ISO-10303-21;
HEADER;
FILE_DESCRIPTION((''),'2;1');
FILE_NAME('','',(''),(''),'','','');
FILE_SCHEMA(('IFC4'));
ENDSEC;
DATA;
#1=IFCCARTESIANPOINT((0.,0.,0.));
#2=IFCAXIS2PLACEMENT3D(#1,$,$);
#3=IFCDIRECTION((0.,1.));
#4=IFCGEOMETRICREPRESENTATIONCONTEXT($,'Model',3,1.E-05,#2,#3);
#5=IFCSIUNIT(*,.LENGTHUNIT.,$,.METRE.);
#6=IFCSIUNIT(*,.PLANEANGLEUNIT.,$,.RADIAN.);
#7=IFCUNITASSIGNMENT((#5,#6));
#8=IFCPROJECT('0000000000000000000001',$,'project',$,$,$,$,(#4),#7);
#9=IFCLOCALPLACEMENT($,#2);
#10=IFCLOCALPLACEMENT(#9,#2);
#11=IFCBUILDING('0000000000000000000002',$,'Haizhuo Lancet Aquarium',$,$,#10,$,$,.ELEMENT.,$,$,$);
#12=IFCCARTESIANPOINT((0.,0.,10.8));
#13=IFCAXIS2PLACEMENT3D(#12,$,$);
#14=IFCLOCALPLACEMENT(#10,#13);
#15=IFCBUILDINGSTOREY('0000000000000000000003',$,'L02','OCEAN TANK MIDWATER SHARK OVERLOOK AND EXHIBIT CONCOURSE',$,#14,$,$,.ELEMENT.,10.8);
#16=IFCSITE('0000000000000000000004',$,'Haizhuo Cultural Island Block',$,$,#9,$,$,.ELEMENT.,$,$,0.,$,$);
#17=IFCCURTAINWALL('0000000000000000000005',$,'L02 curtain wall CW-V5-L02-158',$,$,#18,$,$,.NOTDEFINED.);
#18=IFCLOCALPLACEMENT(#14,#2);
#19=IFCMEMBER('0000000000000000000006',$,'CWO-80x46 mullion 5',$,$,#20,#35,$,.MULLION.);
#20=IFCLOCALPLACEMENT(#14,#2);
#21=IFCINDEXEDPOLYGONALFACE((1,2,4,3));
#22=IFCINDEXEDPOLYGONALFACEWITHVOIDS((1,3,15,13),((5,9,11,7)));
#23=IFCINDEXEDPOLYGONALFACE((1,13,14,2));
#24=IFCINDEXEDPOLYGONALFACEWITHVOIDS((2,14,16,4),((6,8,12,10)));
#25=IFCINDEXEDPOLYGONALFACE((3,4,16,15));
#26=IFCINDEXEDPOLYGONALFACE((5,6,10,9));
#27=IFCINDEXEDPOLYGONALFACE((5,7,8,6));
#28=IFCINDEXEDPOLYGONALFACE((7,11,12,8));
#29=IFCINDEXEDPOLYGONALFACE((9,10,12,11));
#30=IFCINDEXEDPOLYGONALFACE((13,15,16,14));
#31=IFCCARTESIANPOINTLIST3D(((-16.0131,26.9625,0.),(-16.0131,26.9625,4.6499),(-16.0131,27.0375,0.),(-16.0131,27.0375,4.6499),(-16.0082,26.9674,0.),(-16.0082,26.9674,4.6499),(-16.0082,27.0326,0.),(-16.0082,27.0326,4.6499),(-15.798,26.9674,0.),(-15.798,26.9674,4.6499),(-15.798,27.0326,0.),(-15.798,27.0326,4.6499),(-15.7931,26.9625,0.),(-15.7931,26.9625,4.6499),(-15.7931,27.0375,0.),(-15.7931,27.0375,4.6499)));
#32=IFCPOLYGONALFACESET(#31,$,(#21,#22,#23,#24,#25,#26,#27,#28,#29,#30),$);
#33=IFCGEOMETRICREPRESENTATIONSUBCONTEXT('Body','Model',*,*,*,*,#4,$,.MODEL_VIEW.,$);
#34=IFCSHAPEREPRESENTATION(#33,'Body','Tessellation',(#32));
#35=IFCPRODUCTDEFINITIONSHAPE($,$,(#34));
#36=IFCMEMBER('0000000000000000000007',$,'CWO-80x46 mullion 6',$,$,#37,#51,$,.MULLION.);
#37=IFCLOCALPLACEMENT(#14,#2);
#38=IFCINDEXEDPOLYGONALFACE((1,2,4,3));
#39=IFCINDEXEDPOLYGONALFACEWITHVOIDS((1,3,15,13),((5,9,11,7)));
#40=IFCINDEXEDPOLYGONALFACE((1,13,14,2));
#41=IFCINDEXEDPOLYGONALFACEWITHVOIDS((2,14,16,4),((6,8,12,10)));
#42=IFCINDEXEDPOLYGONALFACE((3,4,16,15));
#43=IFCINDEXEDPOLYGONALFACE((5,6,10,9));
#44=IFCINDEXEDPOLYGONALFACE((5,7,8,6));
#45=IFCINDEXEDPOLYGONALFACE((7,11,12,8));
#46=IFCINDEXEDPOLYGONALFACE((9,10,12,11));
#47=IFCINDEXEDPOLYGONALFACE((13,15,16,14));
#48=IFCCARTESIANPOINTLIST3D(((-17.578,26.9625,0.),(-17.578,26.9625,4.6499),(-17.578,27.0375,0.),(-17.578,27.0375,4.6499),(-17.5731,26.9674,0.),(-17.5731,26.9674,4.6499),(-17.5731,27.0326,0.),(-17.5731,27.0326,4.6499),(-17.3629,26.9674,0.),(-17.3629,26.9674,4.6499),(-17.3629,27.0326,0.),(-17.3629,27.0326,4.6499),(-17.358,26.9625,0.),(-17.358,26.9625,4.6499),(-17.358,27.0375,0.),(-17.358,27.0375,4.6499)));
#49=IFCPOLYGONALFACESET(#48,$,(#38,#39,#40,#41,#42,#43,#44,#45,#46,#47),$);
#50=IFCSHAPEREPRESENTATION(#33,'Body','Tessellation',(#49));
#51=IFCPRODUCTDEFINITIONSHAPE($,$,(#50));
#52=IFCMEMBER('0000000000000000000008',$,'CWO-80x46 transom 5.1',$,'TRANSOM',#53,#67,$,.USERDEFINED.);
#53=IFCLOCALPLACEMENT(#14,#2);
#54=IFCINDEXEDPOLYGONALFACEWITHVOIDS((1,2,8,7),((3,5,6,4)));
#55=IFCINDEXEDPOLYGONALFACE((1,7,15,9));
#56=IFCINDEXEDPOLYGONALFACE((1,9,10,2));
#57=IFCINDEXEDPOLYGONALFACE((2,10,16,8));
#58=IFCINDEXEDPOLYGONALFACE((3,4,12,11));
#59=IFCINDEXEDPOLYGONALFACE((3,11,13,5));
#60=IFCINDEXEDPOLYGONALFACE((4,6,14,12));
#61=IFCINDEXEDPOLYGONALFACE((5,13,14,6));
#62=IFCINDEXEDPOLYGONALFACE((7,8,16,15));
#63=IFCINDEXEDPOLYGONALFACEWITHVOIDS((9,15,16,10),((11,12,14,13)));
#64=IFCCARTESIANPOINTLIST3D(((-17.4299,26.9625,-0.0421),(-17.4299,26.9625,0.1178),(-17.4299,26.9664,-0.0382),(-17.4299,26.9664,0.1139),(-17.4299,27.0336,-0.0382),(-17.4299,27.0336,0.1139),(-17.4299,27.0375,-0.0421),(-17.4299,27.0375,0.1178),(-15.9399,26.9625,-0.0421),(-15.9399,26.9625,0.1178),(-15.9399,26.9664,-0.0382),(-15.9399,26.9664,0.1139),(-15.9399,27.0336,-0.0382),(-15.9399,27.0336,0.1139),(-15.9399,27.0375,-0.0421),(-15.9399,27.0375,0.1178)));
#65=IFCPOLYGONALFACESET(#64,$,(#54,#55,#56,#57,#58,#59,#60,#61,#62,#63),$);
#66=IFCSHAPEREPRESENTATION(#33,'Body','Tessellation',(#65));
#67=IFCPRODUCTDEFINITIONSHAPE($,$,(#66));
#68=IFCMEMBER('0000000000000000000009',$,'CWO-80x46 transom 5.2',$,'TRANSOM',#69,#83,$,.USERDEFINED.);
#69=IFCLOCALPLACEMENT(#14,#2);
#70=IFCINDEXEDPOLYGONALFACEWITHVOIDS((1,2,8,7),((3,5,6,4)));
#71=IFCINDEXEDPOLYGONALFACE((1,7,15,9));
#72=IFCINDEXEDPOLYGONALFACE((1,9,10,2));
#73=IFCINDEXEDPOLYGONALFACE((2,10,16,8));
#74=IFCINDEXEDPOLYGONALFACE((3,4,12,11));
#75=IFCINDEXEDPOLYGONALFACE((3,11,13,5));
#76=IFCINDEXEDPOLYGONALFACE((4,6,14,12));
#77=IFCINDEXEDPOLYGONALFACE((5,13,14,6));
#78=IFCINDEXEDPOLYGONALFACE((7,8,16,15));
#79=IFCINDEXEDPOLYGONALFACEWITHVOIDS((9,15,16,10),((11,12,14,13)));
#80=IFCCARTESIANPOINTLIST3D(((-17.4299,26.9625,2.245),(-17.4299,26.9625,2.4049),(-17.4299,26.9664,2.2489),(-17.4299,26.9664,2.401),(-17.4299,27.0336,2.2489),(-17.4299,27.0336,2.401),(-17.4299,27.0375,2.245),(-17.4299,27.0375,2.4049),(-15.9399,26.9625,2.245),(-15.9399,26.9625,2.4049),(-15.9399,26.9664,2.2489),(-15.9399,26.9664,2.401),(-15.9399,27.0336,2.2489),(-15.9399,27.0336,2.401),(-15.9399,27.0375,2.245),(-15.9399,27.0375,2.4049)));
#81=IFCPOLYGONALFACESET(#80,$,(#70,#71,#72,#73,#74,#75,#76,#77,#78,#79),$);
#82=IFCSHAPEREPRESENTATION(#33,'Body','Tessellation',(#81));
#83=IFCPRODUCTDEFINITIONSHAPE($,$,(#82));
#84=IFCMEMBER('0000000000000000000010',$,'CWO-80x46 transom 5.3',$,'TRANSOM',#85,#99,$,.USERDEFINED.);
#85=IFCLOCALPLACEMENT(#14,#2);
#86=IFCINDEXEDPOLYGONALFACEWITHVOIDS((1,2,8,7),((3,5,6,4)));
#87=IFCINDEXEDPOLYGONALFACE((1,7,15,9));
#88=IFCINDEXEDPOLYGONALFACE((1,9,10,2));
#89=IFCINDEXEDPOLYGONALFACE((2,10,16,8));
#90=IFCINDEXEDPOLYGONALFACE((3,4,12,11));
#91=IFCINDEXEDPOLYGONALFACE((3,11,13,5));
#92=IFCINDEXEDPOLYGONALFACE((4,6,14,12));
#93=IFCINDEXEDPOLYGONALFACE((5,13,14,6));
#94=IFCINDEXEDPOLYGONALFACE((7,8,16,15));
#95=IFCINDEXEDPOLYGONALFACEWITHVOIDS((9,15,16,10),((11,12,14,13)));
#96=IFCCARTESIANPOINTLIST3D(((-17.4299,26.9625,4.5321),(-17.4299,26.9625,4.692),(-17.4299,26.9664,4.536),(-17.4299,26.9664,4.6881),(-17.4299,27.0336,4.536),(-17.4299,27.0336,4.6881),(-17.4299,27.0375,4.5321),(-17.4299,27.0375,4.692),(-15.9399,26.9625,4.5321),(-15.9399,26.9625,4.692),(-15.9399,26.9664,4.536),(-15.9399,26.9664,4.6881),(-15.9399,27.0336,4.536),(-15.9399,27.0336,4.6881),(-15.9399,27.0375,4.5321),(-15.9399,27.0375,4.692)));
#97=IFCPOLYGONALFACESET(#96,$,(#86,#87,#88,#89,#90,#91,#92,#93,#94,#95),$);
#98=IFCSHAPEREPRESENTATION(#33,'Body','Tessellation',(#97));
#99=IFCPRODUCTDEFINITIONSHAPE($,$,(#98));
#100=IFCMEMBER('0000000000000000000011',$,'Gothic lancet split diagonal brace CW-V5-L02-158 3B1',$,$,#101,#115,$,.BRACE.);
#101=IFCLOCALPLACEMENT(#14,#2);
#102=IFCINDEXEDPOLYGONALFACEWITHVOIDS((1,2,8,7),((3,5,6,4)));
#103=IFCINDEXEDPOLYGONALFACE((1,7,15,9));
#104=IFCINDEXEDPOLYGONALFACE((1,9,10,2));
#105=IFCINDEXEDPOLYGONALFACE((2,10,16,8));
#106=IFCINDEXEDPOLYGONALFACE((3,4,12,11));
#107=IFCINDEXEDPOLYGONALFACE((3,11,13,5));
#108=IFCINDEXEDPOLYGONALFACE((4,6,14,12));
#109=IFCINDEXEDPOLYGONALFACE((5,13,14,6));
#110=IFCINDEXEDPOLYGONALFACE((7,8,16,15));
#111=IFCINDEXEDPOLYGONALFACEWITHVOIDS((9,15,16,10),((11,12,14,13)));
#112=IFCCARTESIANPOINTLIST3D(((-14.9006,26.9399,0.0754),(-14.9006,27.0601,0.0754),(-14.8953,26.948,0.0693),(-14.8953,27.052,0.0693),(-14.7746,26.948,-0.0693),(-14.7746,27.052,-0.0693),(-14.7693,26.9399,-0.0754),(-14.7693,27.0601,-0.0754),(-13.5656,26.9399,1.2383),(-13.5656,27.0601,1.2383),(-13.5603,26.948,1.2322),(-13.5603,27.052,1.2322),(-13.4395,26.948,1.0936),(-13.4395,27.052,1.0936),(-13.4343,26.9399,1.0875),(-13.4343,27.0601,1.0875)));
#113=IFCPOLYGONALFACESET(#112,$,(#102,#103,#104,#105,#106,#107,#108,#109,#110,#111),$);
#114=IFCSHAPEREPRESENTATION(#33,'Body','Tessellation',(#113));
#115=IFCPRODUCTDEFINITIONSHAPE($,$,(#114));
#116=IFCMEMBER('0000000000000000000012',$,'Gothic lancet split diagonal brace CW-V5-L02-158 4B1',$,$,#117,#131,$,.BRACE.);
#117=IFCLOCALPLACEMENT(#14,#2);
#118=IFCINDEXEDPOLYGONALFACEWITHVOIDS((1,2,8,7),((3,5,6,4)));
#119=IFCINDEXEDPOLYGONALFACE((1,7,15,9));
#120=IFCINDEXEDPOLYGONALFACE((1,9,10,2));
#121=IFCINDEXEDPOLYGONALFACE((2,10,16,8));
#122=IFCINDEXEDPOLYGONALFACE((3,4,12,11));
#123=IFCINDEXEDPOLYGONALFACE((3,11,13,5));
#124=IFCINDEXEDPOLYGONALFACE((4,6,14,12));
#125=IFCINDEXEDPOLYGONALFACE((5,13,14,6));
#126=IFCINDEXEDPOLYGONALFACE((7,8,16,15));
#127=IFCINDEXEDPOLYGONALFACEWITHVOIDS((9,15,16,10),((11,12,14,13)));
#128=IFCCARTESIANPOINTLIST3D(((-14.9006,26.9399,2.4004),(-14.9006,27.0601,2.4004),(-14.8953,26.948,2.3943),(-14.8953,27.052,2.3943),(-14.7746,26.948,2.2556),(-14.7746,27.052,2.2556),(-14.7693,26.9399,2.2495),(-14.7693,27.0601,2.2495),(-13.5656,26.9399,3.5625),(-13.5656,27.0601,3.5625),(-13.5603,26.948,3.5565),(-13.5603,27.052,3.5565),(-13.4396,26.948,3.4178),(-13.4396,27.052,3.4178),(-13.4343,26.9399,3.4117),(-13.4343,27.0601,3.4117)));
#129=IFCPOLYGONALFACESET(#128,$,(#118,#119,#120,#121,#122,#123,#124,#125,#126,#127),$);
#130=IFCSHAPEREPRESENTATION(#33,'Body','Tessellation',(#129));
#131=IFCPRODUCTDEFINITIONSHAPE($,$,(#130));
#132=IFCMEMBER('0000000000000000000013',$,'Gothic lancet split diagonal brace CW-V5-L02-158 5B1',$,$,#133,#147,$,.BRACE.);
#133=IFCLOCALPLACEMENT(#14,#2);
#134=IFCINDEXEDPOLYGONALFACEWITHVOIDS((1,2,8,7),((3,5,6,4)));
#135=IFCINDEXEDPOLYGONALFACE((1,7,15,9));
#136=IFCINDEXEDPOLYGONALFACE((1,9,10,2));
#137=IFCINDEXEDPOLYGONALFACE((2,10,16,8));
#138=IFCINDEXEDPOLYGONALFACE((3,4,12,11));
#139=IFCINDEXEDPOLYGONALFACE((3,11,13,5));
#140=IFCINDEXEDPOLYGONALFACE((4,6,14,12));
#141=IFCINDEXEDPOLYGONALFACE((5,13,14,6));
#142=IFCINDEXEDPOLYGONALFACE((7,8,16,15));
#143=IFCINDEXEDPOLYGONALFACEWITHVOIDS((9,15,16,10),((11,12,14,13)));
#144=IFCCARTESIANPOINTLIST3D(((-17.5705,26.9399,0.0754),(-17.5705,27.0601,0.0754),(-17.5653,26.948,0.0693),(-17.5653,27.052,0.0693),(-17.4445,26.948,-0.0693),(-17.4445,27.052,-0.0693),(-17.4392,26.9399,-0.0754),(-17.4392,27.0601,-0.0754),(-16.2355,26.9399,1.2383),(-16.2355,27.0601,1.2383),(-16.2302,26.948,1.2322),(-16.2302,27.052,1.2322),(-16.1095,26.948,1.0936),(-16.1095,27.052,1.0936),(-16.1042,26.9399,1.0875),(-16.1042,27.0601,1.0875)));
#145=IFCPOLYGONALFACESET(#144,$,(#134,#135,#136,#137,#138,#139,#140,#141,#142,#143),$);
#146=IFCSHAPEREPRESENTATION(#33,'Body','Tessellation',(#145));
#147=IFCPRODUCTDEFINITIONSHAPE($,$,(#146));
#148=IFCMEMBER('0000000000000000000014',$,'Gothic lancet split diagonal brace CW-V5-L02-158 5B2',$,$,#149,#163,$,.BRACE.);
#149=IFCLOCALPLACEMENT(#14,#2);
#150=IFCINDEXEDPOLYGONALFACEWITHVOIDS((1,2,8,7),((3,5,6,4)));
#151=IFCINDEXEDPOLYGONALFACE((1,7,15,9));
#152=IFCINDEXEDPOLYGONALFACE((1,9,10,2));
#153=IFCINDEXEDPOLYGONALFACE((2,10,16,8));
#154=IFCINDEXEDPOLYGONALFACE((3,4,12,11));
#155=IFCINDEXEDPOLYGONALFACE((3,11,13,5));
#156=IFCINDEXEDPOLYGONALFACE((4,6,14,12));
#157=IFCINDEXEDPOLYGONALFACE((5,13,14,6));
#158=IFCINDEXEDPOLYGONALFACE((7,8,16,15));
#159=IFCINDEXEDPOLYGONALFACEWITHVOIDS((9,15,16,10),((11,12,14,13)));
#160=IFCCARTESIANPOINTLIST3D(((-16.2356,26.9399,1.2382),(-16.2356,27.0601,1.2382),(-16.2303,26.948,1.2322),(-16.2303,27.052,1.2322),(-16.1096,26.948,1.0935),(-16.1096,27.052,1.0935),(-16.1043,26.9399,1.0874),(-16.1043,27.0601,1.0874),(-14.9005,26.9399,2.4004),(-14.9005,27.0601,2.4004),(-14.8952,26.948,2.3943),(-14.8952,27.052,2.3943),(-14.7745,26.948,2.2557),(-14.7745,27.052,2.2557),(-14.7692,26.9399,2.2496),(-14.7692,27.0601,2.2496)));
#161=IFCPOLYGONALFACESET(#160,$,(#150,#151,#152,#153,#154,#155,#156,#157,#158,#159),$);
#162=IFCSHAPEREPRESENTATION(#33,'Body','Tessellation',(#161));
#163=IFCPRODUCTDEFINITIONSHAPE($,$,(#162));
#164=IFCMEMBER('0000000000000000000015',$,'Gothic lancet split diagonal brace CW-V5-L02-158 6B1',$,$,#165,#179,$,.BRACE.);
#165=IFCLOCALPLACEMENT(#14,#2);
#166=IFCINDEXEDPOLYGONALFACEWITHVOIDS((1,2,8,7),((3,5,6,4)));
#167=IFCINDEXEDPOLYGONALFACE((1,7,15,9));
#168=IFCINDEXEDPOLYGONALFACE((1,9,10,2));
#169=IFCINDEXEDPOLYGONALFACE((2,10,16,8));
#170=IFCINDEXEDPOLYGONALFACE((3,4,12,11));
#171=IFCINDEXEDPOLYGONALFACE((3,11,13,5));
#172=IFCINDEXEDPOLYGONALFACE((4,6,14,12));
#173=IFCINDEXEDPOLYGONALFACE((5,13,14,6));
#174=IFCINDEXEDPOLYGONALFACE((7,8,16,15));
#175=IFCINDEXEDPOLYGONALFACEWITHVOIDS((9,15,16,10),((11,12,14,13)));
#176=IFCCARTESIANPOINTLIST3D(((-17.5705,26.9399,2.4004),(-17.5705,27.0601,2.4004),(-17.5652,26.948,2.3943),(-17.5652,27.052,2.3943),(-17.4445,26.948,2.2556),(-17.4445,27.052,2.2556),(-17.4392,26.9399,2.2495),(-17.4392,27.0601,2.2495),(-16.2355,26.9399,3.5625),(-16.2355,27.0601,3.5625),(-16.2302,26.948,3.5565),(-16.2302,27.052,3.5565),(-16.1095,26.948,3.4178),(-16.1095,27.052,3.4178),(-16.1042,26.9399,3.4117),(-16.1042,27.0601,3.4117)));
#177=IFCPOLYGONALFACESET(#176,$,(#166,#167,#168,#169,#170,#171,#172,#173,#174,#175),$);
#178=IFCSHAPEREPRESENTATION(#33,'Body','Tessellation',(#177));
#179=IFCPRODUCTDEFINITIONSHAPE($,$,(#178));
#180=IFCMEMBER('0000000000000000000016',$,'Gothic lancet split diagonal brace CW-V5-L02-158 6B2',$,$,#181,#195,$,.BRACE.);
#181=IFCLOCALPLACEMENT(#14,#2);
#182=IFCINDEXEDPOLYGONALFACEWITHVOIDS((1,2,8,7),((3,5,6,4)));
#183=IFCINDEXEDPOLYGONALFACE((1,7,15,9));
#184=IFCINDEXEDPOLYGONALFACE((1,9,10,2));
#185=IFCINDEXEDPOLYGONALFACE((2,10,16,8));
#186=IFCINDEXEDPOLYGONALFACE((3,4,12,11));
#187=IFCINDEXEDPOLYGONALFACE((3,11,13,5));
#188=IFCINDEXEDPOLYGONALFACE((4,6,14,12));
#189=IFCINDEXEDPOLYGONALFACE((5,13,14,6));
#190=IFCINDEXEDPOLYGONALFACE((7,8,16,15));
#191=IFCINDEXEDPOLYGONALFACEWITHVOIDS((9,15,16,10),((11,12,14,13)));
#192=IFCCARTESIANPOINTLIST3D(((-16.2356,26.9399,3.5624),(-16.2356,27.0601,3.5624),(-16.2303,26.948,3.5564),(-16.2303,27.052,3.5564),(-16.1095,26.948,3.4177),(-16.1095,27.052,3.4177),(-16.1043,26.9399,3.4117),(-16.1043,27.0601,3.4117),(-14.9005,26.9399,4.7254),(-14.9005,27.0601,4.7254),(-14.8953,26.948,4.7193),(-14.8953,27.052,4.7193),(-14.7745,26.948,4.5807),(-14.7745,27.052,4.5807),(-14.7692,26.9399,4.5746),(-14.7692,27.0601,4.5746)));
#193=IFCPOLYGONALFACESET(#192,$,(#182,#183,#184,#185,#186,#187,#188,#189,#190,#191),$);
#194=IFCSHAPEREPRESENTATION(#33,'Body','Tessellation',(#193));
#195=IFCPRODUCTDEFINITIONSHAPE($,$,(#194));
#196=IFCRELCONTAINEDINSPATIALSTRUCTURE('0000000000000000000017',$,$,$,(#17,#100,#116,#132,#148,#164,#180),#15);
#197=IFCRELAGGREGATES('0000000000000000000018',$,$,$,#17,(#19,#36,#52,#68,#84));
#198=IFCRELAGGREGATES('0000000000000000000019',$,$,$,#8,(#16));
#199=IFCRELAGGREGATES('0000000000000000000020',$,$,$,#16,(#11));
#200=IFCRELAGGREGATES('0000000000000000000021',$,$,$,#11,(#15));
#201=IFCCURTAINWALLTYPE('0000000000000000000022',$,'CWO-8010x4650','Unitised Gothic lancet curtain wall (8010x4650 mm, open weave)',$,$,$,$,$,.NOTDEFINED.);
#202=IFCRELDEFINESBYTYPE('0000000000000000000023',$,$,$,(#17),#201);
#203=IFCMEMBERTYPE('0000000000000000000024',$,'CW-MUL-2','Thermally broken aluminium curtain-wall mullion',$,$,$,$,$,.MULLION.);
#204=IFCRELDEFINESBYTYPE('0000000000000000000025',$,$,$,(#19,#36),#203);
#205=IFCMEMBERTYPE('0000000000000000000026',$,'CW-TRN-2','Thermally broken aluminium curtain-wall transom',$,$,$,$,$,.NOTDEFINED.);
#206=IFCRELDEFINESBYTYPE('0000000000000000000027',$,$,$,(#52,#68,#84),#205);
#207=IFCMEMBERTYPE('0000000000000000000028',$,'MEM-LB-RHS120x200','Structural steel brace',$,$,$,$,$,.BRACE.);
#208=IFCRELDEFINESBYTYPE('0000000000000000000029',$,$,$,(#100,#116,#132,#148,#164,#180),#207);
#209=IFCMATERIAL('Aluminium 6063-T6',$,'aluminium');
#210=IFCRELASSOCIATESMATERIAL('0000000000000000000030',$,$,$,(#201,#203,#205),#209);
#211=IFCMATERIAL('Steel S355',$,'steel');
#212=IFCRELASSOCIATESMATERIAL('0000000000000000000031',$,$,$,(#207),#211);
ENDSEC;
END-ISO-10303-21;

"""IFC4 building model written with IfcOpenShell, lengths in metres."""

from ifc_helpers import new_model, si_unit, direction, frame, origin, origin_2d, place, context, subcontext, project, spatial, hollow_rectangle, extrude, material, material_profile, profile_set, type_object, element, aggregate, save


model = new_model("IFC4")

# Units and contexts
model_context = context("Model", 3, precision=1e-05, world=origin(), true_north=direction((0.0, 1.0)))
body_context = subcontext(model_context, "Body", "Model", "MODEL_VIEW")
ifc_project = project(units=[si_unit("LENGTHUNIT", "METRE"), si_unit("PLANEANGLEUNIT", "RADIAN")], contexts=[model_context])

# Site, building, storey
site_placement = place(None, origin())
site = spatial("IfcSite", under=ifc_project, at=site_placement, Name="Haizhuo Cultural Island Block", CompositionType="ELEMENT", RefElevation=0.0)
building_placement = place(site_placement, origin())
building = spatial("IfcBuilding", under=site, at=building_placement, Name="Haizhuo Lancet Aquarium", CompositionType="ELEMENT")
storey_placement = place(building_placement, frame((0.0, 0.0, 10.8)))
storey = spatial("IfcBuildingStorey", under=building, at=storey_placement, Name="L02", Description="OCEAN TANK MIDWATER SHARK OVERLOOK AND EXHIBIT CONCOURSE", CompositionType="ELEMENT", Elevation=10.8)

# Curtain wall, members
ifc_material_1 = material(Name="Aluminium 6063-T6", Category="aluminium")
curtain_wall_type = type_object("IfcCurtainWallType", Name="CWO-8010x4650", Description="Unitised Gothic lancet curtain wall (8010x4650 mm, open weave)", PredefinedType="NOTDEFINED", material=ifc_material_1)
curtain_wall_placement = place(storey_placement, origin())
curtain_wall = element("IfcCurtainWall", 1, at=curtain_wall_placement, inside=storey, type_object=curtain_wall_type, Name="L02 curtain wall CW-V5-L02-158", PredefinedType="NOTDEFINED")
ifc_material_profile_1 = material_profile(ifc_material_1, hollow_rectangle(XDim=0.075, YDim=0.22, WallThickness=0.0049, at=origin_2d()), Name="ALU-M 75x220x5")
ifc_profile_set_1 = profile_set([ifc_material_profile_1], Name="Aluminium 6063-T6")
member_type_1 = type_object("IfcMemberType", Name="CW-MUL-2", Description="Thermally broken aluminium curtain-wall mullion", PredefinedType="MULLION", material=ifc_profile_set_1)
member_1_placement = place(storey_placement, frame((-15.9031, 27.0, 0.0), z_axis=(0.0, 0.0, 1.0), x_axis=(0.0, -1.0, 0.0)))
member_1 = element("IfcMember", 2, at=member_1_placement, type_object=member_type_1, Name="CWO-80x46 mullion 5", PredefinedType="MULLION", context=body_context, shape_type="SweptSolid", body=[
    extrude(hollow_rectangle(XDim=0.075, YDim=0.22, WallThickness=0.0049, at=origin_2d()), origin(), (0.0, 0.0, 1.0), 4.6499),
])
member_2_placement = place(storey_placement, frame((-17.468, 27.0, 0.0), z_axis=(0.0, 0.0, 1.0), x_axis=(0.0, -1.0, 0.0)))
member_2 = element("IfcMember", 3, at=member_2_placement, type_object=member_type_1, Name="CWO-80x46 mullion 6", PredefinedType="MULLION", context=body_context, shape_type="SweptSolid", body=[
    extrude(hollow_rectangle(XDim=0.075, YDim=0.22, WallThickness=0.0049, at=origin_2d()), origin(), (0.0, 0.0, 1.0), 4.6499),
])
ifc_material_profile_2 = material_profile(ifc_material_1, hollow_rectangle(XDim=0.075, YDim=0.1599, WallThickness=0.0039, at=origin_2d()), Name="ALU-T 75x160x4")
ifc_profile_set_2 = profile_set([ifc_material_profile_2], Name="Aluminium 6063-T6")
member_type_2 = type_object("IfcMemberType", Name="CW-TRN-2", Description="Thermally broken aluminium curtain-wall transom", PredefinedType="NOTDEFINED", material=ifc_profile_set_2)
member_3_placement = place(storey_placement, frame((-15.9399, 27.0, 0.0378), z_axis=(-1.0, 0.0, 0.0), x_axis=(0.0, -1.0, 0.0)))
member_3 = element("IfcMember", 4, at=member_3_placement, type_object=member_type_2, Name="CWO-80x46 transom 5.1", ObjectType="TRANSOM", PredefinedType="USERDEFINED", context=body_context, shape_type="SweptSolid", body=[
    extrude(hollow_rectangle(XDim=0.075, YDim=0.1599, WallThickness=0.0039, at=origin_2d()), origin(), (0.0, 0.0, 1.0), 1.49),
])
member_4_placement = place(storey_placement, frame((-15.9399, 27.0, 2.325), z_axis=(-1.0, 0.0, 0.0), x_axis=(0.0, -1.0, 0.0)))
member_4 = element("IfcMember", 5, at=member_4_placement, type_object=member_type_2, Name="CWO-80x46 transom 5.2", ObjectType="TRANSOM", PredefinedType="USERDEFINED", context=body_context, shape_type="SweptSolid", body=[
    extrude(hollow_rectangle(XDim=0.075, YDim=0.1599, WallThickness=0.0039, at=origin_2d()), origin(), (0.0, 0.0, 1.0), 1.49),
])
member_5_placement = place(storey_placement, frame((-15.9399, 27.0, 4.6121), z_axis=(-1.0, 0.0, 0.0), x_axis=(0.0, -1.0, 0.0)))
member_5 = element("IfcMember", 6, at=member_5_placement, type_object=member_type_2, Name="CWO-80x46 transom 5.3", ObjectType="TRANSOM", PredefinedType="USERDEFINED", context=body_context, shape_type="SweptSolid", body=[
    extrude(hollow_rectangle(XDim=0.075, YDim=0.1599, WallThickness=0.0039, at=origin_2d()), origin(), (0.0, 0.0, 1.0), 1.49),
])

# Members
ifc_material_2 = material(Name="Steel S355", Category="steel")
ifc_material_profile_3 = material_profile(ifc_material_2, hollow_rectangle(XDim=0.1201, YDim=0.2, WallThickness=0.0081, at=origin_2d()), Name="RHS 120x200x8")
ifc_profile_set_3 = profile_set([ifc_material_profile_3], Name="Steel S355")
member_type_3 = type_object("IfcMemberType", Name="MEM-LB-RHS120x200", Description="Structural steel brace", PredefinedType="BRACE", material=ifc_profile_set_3)
member_6_placement = place(storey_placement, frame((-14.835, 27.0, 0.0), z_axis=(0.754044, 0.0, 0.656824), x_axis=(0.0, 1.0, 0.0)))
element("IfcMember", 7, at=member_6_placement, inside=storey, type_object=member_type_3, Name="Gothic lancet split diagonal brace CW-V5-L02-158 3B1", PredefinedType="BRACE", context=body_context, shape_type="SweptSolid", body=[
    extrude(hollow_rectangle(XDim=0.1201, YDim=0.2, WallThickness=0.0081, at=origin_2d()), origin(), (0.0, 0.0, 1.0), 1.7705),
])
member_7_placement = place(storey_placement, frame((-14.835, 27.0, 2.325), z_axis=(0.754249, 0.0, 0.656588), x_axis=(0.0, 1.0, 0.0)))
element("IfcMember", 8, at=member_7_placement, inside=storey, type_object=member_type_3, Name="Gothic lancet split diagonal brace CW-V5-L02-158 4B1", PredefinedType="BRACE", context=body_context, shape_type="SweptSolid", body=[
    extrude(hollow_rectangle(XDim=0.1201, YDim=0.2, WallThickness=0.0081, at=origin_2d()), origin(), (0.0, 0.0, 1.0), 1.77),
])
member_8_placement = place(storey_placement, frame((-17.5049, 27.0, 0.0), z_axis=(0.754044, 0.0, 0.656824), x_axis=(0.0, 1.0, 0.0)))
element("IfcMember", 9, at=member_8_placement, inside=storey, type_object=member_type_3, Name="Gothic lancet split diagonal brace CW-V5-L02-158 5B1", PredefinedType="BRACE", context=body_context, shape_type="SweptSolid", body=[
    extrude(hollow_rectangle(XDim=0.1201, YDim=0.2, WallThickness=0.0081, at=origin_2d()), origin(), (0.0, 0.0, 1.0), 1.7705),
])
for number, where, z_axis, x_axis, name in (
    (10, (-16.1699, 27.0, 1.1628), (0.754249, 0.0, 0.656588), (0.0, 1.0, 0.0), "Gothic lancet split diagonal brace CW-V5-L02-158 5B2"),
    (11, (-17.5049, 27.0, 2.325), (0.754249, 0.0, 0.656588), (0.0, 1.0, 0.0), "Gothic lancet split diagonal brace CW-V5-L02-158 6B1"),
):
    element("IfcMember", number, at=place(storey_placement, frame(where, z_axis=z_axis, x_axis=x_axis)), inside=storey, type_object=member_type_3, Name=name, PredefinedType="BRACE", context=body_context, shape_type="SweptSolid", body=[
        extrude(hollow_rectangle(XDim=0.1201, YDim=0.2, WallThickness=0.0081, at=origin_2d()), origin(), (0.0, 0.0, 1.0), 1.77),
    ])
member_9_placement = place(storey_placement, frame((-16.1699, 27.0, 3.4871), z_axis=(0.754044, 0.0, 0.656824), x_axis=(0.0, 1.0, 0.0)))
element("IfcMember", 12, at=member_9_placement, inside=storey, type_object=member_type_3, Name="Gothic lancet split diagonal brace CW-V5-L02-158 6B2", PredefinedType="BRACE", context=body_context, shape_type="SweptSolid", body=[
    extrude(hollow_rectangle(XDim=0.1201, YDim=0.2, WallThickness=0.0081, at=origin_2d()), origin(), (0.0, 0.0, 1.0), 1.7705),
])

aggregate(curtain_wall, [member_1, member_2, member_3, member_4, member_5])

save(model, "model.ifc")
